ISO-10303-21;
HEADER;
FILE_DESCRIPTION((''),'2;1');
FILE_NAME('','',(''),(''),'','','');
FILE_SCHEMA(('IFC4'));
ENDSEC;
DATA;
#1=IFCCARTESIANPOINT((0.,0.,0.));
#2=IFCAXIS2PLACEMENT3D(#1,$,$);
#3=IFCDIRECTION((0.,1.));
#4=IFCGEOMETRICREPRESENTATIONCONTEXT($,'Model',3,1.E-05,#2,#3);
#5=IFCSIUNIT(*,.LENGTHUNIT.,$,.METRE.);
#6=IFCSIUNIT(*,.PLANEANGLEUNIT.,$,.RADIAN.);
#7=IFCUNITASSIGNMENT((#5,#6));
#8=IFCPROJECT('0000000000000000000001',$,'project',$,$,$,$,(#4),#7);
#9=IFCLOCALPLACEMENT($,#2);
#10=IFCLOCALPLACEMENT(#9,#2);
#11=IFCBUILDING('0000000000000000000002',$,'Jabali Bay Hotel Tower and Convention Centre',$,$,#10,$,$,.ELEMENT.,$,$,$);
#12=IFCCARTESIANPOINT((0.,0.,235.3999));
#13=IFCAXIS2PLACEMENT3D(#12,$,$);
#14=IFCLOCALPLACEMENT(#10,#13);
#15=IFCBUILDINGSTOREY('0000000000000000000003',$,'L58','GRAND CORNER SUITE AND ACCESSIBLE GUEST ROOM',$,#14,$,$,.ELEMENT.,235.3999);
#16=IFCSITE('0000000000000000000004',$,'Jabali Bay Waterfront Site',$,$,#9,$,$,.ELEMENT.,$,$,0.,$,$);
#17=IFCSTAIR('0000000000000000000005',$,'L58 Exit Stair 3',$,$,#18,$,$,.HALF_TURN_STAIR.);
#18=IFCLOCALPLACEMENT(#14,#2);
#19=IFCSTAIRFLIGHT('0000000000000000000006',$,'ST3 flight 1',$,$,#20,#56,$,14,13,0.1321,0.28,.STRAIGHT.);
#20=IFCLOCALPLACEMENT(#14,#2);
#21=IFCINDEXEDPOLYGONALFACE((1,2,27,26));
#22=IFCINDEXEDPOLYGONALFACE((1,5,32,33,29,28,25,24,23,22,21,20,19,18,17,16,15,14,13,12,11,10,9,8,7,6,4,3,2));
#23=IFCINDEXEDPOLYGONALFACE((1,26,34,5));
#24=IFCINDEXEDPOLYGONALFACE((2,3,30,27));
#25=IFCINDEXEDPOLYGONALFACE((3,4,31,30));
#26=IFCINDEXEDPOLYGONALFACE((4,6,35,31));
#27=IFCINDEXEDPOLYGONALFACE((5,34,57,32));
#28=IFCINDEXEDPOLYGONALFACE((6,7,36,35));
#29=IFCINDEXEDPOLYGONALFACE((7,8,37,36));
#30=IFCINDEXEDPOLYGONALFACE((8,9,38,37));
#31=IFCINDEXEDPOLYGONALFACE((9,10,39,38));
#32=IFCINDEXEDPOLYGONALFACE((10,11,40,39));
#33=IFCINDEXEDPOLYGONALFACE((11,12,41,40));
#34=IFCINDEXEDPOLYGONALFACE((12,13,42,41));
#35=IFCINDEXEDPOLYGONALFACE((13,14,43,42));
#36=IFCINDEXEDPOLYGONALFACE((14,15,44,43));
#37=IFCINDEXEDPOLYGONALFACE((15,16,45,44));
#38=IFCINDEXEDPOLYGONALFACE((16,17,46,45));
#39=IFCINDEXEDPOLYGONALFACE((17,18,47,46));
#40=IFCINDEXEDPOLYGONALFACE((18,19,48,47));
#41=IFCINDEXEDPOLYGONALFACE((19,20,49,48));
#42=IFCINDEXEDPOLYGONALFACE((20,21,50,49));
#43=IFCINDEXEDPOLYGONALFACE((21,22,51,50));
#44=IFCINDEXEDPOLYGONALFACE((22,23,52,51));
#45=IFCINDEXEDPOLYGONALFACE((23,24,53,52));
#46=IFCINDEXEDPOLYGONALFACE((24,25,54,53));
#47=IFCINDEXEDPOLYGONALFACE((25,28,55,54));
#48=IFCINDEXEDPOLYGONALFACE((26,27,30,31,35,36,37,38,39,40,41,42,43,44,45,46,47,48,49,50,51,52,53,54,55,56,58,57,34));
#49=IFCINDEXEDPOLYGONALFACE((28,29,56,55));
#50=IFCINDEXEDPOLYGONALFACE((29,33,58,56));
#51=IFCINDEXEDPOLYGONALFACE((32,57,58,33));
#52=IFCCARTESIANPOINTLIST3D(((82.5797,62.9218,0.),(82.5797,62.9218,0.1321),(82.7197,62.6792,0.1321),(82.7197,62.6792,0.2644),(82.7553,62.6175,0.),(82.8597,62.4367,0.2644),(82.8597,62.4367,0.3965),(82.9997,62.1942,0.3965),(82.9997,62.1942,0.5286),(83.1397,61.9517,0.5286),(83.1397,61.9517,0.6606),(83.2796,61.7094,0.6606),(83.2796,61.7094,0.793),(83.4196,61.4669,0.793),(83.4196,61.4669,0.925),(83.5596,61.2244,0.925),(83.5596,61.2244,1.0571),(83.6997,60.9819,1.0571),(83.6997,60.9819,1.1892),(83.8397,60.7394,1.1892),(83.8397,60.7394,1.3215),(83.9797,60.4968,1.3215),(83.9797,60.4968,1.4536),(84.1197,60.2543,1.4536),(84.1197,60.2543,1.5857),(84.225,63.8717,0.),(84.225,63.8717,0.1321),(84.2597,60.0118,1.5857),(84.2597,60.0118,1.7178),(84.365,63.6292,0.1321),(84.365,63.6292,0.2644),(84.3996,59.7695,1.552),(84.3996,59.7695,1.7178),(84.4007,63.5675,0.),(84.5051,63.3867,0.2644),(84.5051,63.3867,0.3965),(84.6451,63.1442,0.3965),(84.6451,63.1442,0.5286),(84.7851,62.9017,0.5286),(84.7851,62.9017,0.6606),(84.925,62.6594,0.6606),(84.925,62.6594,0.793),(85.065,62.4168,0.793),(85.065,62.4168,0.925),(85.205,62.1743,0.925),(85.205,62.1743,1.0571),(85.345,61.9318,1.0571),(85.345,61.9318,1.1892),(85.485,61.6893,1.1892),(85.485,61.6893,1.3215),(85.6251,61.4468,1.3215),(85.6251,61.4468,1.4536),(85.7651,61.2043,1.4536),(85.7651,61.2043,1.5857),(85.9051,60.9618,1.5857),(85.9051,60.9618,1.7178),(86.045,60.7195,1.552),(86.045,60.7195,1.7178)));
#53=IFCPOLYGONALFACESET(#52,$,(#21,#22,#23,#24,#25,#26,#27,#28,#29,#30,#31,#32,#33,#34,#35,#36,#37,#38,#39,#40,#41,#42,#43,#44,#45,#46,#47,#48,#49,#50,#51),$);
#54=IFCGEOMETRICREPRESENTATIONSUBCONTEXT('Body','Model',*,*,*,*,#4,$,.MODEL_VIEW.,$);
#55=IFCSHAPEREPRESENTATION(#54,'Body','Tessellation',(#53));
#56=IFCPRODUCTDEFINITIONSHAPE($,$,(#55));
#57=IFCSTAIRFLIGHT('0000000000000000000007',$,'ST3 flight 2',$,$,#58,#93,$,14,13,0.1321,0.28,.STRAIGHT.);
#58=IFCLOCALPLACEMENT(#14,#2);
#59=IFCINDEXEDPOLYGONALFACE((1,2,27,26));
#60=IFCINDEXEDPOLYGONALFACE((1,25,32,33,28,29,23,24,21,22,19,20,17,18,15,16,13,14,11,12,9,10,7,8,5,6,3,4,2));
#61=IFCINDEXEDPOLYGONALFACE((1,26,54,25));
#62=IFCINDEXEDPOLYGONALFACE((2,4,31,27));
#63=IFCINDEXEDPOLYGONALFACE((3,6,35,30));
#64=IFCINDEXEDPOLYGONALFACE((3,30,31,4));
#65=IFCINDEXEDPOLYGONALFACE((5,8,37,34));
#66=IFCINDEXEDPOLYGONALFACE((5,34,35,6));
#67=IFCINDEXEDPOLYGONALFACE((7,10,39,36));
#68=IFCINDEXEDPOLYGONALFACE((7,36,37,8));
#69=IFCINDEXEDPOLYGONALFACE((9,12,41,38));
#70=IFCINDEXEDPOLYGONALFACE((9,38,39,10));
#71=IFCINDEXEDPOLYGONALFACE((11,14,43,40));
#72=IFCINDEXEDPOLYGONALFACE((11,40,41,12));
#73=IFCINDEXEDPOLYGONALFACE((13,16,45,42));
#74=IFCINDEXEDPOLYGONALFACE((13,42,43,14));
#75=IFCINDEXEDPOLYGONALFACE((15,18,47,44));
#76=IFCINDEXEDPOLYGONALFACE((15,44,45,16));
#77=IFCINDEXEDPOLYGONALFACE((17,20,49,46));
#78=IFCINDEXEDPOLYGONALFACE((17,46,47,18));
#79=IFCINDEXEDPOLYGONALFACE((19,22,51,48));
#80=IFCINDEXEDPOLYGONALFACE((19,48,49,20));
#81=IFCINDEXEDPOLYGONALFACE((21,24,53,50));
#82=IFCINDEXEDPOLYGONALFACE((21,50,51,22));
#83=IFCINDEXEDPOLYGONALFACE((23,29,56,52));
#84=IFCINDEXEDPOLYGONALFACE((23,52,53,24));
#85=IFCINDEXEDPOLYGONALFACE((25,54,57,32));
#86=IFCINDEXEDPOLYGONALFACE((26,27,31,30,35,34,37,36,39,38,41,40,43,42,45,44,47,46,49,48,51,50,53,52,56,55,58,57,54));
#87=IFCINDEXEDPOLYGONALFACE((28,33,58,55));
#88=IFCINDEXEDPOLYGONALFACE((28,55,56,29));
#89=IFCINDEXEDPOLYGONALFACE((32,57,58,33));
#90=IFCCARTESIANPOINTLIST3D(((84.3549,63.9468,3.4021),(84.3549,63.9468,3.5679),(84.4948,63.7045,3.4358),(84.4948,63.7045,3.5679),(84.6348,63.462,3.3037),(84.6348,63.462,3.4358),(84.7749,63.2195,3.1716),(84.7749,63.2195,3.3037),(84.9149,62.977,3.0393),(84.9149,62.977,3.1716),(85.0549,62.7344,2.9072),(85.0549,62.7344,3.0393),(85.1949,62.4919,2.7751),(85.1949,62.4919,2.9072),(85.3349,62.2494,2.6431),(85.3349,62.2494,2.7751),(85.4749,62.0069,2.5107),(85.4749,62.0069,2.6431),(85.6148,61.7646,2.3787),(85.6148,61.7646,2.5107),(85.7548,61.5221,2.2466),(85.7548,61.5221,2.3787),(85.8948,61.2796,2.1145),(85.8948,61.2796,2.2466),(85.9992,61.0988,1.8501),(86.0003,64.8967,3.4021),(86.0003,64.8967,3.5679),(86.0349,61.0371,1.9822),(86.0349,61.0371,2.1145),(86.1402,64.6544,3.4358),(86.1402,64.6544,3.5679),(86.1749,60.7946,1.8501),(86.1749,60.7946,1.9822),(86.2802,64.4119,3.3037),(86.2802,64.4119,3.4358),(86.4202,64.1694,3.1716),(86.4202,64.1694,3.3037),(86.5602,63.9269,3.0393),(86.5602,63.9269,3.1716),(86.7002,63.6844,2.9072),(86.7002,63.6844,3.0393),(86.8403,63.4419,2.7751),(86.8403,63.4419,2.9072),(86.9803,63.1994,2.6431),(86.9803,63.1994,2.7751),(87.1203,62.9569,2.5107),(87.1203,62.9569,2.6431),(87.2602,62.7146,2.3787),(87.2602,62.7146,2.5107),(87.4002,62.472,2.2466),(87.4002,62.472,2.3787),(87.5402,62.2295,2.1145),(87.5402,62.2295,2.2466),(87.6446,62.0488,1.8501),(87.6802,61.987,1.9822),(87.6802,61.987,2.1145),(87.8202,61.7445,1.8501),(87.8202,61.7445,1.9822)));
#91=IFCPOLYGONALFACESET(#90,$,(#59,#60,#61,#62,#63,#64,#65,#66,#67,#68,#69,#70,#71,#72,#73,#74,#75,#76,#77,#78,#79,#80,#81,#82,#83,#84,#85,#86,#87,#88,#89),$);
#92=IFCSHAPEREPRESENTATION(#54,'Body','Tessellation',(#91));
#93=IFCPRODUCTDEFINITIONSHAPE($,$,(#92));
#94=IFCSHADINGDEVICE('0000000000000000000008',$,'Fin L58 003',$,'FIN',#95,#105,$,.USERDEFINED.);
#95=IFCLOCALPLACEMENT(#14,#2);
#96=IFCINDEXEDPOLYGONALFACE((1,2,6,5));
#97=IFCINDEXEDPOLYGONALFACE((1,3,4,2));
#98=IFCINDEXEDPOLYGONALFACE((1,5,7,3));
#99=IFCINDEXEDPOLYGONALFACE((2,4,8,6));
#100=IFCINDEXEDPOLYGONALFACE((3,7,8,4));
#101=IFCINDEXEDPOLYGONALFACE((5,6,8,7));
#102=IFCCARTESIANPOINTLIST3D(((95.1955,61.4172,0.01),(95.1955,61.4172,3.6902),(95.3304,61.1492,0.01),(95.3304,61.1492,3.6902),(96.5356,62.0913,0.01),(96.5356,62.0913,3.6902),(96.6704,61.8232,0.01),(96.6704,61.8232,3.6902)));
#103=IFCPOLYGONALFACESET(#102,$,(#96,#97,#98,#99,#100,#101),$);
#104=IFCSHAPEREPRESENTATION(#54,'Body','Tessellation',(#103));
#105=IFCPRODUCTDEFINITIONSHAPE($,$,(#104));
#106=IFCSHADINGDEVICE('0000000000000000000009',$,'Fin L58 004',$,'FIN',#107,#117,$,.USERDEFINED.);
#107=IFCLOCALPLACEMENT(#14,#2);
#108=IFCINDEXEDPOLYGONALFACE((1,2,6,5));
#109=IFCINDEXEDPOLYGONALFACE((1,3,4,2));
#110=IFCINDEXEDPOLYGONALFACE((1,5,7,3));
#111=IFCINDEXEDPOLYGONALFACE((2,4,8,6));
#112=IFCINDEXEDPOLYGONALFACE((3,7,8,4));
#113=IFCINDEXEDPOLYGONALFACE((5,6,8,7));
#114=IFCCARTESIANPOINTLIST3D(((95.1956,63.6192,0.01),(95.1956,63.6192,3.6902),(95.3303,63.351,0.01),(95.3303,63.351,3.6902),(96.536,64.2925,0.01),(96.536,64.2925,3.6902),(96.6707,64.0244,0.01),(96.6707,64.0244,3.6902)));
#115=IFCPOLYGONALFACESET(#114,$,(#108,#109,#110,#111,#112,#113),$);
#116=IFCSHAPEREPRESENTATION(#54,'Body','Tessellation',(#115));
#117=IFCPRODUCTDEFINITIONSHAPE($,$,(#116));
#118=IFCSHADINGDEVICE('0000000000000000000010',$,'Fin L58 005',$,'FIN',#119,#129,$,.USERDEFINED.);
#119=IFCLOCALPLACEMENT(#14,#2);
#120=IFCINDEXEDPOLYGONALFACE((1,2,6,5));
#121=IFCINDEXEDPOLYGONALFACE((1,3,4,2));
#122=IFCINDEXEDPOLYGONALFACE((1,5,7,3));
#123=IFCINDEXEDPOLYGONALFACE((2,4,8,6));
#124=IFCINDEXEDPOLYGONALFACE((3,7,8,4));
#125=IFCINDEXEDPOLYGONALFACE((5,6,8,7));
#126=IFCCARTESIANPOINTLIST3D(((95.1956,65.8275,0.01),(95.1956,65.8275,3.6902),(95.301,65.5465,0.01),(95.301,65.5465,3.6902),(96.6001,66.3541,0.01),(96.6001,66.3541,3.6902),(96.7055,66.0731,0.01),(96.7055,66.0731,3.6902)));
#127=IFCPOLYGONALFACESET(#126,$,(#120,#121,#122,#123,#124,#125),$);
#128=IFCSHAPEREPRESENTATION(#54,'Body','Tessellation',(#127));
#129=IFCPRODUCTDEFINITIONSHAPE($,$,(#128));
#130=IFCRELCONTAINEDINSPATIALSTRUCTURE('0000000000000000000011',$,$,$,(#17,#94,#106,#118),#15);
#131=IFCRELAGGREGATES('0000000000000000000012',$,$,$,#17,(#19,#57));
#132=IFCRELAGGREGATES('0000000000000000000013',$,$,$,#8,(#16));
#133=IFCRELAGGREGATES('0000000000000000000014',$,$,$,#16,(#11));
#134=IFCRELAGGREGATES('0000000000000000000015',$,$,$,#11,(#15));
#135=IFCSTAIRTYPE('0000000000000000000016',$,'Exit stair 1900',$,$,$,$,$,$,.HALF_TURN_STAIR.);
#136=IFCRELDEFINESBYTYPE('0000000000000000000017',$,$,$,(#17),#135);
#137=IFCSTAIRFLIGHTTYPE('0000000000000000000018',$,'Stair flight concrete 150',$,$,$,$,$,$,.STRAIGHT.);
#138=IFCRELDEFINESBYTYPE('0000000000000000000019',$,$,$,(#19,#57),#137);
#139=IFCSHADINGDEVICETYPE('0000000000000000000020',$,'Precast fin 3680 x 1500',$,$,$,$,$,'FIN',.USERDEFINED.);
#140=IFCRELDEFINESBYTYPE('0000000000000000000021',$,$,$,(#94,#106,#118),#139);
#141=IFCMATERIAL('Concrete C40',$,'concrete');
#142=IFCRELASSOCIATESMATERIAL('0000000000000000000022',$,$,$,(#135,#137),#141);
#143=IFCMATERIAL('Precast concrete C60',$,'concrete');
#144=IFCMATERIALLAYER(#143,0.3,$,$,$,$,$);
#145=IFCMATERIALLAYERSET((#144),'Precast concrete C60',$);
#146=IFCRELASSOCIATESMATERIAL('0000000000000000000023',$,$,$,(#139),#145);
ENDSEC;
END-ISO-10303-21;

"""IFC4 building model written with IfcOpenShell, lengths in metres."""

from ifc_helpers import new_model, si_unit, direction, frame, frame_2d, origin, place, context, subcontext, project, spatial, polyline, rectangle, outline, extrude, material, layer, layer_set, type_object, element, aggregate, save


model = new_model("IFC4")

# Units and contexts
model_context = context("Model", 3, precision=1e-05, world=origin(), true_north=direction((0.0, 1.0)))
body_context = subcontext(model_context, "Body", "Model", "MODEL_VIEW")
ifc_project = project(units=[si_unit("LENGTHUNIT", "METRE"), si_unit("PLANEANGLEUNIT", "RADIAN")], contexts=[model_context])

# Site, building, storey
site_placement = place(None, origin())
site = spatial("IfcSite", under=ifc_project, at=site_placement, Name="Jabali Bay Waterfront Site", CompositionType="ELEMENT", RefElevation=0.0)
building_placement = place(site_placement, origin())
building = spatial("IfcBuilding", under=site, at=building_placement, Name="Jabali Bay Hotel Tower and Convention Centre", CompositionType="ELEMENT")
storey_placement = place(building_placement, frame((0.0, 0.0, 235.3999)))
storey = spatial("IfcBuildingStorey", under=building, at=storey_placement, Name="L58", Description="GRAND CORNER SUITE AND ACCESSIBLE GUEST ROOM", CompositionType="ELEMENT", Elevation=235.3999)

# Shared definitions
ifc_material_1 = material(Name="Concrete C40", Category="concrete")

# Stair, stair flights
stair_type = type_object("IfcStairType", Name="Exit stair 1900", PredefinedType="HALF_TURN_STAIR", material=ifc_material_1)
stair_placement = place(storey_placement, origin())
stair = element("IfcStair", 1, at=stair_placement, inside=storey, type_object=stair_type, Name="L58 Exit Stair 3", PredefinedType="HALF_TURN_STAIR")
stair_flight_type = type_object("IfcStairFlightType", Name="Stair flight concrete 150", PredefinedType="STRAIGHT", material=ifc_material_1)
stair_flight_1_placement = place(storey_placement, frame((83.4023, 63.3967, 0.0), z_axis=(0.0, 0.0, 1.0), x_axis=(0.5, -0.866025, 0.0)))
stair_flight_1 = element("IfcStairFlight", 2, at=stair_flight_1_placement, type_object=stair_flight_type, Name="ST3 flight 1", NumberOfRisers=14, NumberOfTreads=13, PredefinedType="STRAIGHT", RiserHeight=0.1321, TreadLength=0.28, context=body_context, shape_type="SweptSolid", body=[
    extrude(outline(polyline([(0.0, 0.0), (0.0, 0.1321), (0.28, 0.1321), (0.28, 0.2644), (0.5601, 0.2644), (0.5601, 0.3965), (0.8401, 0.3965), (0.8401, 0.5286), (1.1201, 0.5286), (1.1201, 0.6606), (1.3999, 0.6606), (1.3999, 0.793), (1.6799, 0.793), (1.6799, 0.925), (1.96, 0.925), (1.96, 1.0571), (2.24, 1.0571), (2.24, 1.1892), (2.52, 1.1892), (2.52, 1.3215), (2.8, 1.3215), (2.8, 1.4536), (3.0801, 1.4536), (3.0801, 1.5857), (3.3601, 1.5857), (3.3601, 1.7178), (3.6399, 1.7178), (3.6399, 1.8501), (3.6399, 1.552), (0.3513, 0.0), (0.0, 0.0)])), frame((0.0, 0.95, 0.0), z_axis=(0.0, -1.0, 0.0), x_axis=(1.0, 0.0, 0.0)), (0.0, 0.0, 1.0), 1.8999),
])
stair_flight_2_placement = place(storey_placement, frame((86.9976, 61.2695, 1.8501), z_axis=(0.0, 0.0, 1.0), x_axis=(-0.5, 0.866025, 0.0)))
stair_flight_2 = element("IfcStairFlight", 3, at=stair_flight_2_placement, type_object=stair_flight_type, Name="ST3 flight 2", NumberOfRisers=14, NumberOfTreads=13, PredefinedType="STRAIGHT", RiserHeight=0.1321, TreadLength=0.28, context=body_context, shape_type="SweptSolid", body=[
    extrude(outline(polyline([(0.0, 0.0), (0.0, 0.1321), (0.28, 0.1321), (0.28, 0.2644), (0.5601, 0.2644), (0.5601, 0.3965), (0.8401, 0.3965), (0.8401, 0.5286), (1.1201, 0.5286), (1.1201, 0.6606), (1.3999, 0.6606), (1.3999, 0.793), (1.6799, 0.793), (1.6799, 0.925), (1.96, 0.925), (1.96, 1.0571), (2.24, 1.0571), (2.24, 1.1892), (2.52, 1.1892), (2.52, 1.3215), (2.8, 1.3215), (2.8, 1.4536), (3.0801, 1.4536), (3.0801, 1.5857), (3.3601, 1.5857), (3.3601, 1.7178), (3.6399, 1.7178), (3.6399, 1.8501), (3.6399, 1.552), (0.3513, 0.0), (0.0, 0.0)])), frame((0.0, 0.95, 0.0), z_axis=(0.0, -1.0, 0.0), x_axis=(1.0, 0.0, 0.0)), (0.0, 0.0, 1.0), 1.8999),
])
aggregate(stair, [stair_flight_1, stair_flight_2])

# Shading devices
ifc_material_2 = material(Name="Precast concrete C60", Category="concrete")
ifc_layer_1 = layer(ifc_material_2, 0.3)
ifc_layer_set_1 = layer_set([ifc_layer_1], Name="Precast concrete C60")
shading_device_type = type_object("IfcShadingDeviceType", Name="Precast fin 3680 x 1500", ElementType="FIN", PredefinedType="USERDEFINED", material=ifc_layer_set_1)
for number, where, z_axis, x_axis, name in (
    (4, (95.2629, 61.2832, 0.01), (0.0, 0.0, 1.0), (0.89335, 0.449361, 0.0), "Fin L58 003"),
    (5, (95.2629, 63.4851, 0.01), (0.0, 0.0, 1.0), (0.893579, 0.448906, 0.0), "Fin L58 004"),
    (6, (95.2483, 65.687, 0.01), (0.0, 0.0, 1.0), (0.936349, 0.35107, 0.0), "Fin L58 005"),
):
    element("IfcShadingDevice", number, at=place(storey_placement, frame(where, z_axis=z_axis, x_axis=x_axis)), inside=storey, type_object=shading_device_type, Name=name, ObjectType="FIN", PredefinedType="USERDEFINED", context=body_context, shape_type="SweptSolid", body=[
        extrude(rectangle(XDim=1.5, YDim=0.3, at=frame_2d((0.75, 0.0))), origin(), (0.0, 0.0, 1.0), 3.6802),
    ])

save(model, "model.ifc")
